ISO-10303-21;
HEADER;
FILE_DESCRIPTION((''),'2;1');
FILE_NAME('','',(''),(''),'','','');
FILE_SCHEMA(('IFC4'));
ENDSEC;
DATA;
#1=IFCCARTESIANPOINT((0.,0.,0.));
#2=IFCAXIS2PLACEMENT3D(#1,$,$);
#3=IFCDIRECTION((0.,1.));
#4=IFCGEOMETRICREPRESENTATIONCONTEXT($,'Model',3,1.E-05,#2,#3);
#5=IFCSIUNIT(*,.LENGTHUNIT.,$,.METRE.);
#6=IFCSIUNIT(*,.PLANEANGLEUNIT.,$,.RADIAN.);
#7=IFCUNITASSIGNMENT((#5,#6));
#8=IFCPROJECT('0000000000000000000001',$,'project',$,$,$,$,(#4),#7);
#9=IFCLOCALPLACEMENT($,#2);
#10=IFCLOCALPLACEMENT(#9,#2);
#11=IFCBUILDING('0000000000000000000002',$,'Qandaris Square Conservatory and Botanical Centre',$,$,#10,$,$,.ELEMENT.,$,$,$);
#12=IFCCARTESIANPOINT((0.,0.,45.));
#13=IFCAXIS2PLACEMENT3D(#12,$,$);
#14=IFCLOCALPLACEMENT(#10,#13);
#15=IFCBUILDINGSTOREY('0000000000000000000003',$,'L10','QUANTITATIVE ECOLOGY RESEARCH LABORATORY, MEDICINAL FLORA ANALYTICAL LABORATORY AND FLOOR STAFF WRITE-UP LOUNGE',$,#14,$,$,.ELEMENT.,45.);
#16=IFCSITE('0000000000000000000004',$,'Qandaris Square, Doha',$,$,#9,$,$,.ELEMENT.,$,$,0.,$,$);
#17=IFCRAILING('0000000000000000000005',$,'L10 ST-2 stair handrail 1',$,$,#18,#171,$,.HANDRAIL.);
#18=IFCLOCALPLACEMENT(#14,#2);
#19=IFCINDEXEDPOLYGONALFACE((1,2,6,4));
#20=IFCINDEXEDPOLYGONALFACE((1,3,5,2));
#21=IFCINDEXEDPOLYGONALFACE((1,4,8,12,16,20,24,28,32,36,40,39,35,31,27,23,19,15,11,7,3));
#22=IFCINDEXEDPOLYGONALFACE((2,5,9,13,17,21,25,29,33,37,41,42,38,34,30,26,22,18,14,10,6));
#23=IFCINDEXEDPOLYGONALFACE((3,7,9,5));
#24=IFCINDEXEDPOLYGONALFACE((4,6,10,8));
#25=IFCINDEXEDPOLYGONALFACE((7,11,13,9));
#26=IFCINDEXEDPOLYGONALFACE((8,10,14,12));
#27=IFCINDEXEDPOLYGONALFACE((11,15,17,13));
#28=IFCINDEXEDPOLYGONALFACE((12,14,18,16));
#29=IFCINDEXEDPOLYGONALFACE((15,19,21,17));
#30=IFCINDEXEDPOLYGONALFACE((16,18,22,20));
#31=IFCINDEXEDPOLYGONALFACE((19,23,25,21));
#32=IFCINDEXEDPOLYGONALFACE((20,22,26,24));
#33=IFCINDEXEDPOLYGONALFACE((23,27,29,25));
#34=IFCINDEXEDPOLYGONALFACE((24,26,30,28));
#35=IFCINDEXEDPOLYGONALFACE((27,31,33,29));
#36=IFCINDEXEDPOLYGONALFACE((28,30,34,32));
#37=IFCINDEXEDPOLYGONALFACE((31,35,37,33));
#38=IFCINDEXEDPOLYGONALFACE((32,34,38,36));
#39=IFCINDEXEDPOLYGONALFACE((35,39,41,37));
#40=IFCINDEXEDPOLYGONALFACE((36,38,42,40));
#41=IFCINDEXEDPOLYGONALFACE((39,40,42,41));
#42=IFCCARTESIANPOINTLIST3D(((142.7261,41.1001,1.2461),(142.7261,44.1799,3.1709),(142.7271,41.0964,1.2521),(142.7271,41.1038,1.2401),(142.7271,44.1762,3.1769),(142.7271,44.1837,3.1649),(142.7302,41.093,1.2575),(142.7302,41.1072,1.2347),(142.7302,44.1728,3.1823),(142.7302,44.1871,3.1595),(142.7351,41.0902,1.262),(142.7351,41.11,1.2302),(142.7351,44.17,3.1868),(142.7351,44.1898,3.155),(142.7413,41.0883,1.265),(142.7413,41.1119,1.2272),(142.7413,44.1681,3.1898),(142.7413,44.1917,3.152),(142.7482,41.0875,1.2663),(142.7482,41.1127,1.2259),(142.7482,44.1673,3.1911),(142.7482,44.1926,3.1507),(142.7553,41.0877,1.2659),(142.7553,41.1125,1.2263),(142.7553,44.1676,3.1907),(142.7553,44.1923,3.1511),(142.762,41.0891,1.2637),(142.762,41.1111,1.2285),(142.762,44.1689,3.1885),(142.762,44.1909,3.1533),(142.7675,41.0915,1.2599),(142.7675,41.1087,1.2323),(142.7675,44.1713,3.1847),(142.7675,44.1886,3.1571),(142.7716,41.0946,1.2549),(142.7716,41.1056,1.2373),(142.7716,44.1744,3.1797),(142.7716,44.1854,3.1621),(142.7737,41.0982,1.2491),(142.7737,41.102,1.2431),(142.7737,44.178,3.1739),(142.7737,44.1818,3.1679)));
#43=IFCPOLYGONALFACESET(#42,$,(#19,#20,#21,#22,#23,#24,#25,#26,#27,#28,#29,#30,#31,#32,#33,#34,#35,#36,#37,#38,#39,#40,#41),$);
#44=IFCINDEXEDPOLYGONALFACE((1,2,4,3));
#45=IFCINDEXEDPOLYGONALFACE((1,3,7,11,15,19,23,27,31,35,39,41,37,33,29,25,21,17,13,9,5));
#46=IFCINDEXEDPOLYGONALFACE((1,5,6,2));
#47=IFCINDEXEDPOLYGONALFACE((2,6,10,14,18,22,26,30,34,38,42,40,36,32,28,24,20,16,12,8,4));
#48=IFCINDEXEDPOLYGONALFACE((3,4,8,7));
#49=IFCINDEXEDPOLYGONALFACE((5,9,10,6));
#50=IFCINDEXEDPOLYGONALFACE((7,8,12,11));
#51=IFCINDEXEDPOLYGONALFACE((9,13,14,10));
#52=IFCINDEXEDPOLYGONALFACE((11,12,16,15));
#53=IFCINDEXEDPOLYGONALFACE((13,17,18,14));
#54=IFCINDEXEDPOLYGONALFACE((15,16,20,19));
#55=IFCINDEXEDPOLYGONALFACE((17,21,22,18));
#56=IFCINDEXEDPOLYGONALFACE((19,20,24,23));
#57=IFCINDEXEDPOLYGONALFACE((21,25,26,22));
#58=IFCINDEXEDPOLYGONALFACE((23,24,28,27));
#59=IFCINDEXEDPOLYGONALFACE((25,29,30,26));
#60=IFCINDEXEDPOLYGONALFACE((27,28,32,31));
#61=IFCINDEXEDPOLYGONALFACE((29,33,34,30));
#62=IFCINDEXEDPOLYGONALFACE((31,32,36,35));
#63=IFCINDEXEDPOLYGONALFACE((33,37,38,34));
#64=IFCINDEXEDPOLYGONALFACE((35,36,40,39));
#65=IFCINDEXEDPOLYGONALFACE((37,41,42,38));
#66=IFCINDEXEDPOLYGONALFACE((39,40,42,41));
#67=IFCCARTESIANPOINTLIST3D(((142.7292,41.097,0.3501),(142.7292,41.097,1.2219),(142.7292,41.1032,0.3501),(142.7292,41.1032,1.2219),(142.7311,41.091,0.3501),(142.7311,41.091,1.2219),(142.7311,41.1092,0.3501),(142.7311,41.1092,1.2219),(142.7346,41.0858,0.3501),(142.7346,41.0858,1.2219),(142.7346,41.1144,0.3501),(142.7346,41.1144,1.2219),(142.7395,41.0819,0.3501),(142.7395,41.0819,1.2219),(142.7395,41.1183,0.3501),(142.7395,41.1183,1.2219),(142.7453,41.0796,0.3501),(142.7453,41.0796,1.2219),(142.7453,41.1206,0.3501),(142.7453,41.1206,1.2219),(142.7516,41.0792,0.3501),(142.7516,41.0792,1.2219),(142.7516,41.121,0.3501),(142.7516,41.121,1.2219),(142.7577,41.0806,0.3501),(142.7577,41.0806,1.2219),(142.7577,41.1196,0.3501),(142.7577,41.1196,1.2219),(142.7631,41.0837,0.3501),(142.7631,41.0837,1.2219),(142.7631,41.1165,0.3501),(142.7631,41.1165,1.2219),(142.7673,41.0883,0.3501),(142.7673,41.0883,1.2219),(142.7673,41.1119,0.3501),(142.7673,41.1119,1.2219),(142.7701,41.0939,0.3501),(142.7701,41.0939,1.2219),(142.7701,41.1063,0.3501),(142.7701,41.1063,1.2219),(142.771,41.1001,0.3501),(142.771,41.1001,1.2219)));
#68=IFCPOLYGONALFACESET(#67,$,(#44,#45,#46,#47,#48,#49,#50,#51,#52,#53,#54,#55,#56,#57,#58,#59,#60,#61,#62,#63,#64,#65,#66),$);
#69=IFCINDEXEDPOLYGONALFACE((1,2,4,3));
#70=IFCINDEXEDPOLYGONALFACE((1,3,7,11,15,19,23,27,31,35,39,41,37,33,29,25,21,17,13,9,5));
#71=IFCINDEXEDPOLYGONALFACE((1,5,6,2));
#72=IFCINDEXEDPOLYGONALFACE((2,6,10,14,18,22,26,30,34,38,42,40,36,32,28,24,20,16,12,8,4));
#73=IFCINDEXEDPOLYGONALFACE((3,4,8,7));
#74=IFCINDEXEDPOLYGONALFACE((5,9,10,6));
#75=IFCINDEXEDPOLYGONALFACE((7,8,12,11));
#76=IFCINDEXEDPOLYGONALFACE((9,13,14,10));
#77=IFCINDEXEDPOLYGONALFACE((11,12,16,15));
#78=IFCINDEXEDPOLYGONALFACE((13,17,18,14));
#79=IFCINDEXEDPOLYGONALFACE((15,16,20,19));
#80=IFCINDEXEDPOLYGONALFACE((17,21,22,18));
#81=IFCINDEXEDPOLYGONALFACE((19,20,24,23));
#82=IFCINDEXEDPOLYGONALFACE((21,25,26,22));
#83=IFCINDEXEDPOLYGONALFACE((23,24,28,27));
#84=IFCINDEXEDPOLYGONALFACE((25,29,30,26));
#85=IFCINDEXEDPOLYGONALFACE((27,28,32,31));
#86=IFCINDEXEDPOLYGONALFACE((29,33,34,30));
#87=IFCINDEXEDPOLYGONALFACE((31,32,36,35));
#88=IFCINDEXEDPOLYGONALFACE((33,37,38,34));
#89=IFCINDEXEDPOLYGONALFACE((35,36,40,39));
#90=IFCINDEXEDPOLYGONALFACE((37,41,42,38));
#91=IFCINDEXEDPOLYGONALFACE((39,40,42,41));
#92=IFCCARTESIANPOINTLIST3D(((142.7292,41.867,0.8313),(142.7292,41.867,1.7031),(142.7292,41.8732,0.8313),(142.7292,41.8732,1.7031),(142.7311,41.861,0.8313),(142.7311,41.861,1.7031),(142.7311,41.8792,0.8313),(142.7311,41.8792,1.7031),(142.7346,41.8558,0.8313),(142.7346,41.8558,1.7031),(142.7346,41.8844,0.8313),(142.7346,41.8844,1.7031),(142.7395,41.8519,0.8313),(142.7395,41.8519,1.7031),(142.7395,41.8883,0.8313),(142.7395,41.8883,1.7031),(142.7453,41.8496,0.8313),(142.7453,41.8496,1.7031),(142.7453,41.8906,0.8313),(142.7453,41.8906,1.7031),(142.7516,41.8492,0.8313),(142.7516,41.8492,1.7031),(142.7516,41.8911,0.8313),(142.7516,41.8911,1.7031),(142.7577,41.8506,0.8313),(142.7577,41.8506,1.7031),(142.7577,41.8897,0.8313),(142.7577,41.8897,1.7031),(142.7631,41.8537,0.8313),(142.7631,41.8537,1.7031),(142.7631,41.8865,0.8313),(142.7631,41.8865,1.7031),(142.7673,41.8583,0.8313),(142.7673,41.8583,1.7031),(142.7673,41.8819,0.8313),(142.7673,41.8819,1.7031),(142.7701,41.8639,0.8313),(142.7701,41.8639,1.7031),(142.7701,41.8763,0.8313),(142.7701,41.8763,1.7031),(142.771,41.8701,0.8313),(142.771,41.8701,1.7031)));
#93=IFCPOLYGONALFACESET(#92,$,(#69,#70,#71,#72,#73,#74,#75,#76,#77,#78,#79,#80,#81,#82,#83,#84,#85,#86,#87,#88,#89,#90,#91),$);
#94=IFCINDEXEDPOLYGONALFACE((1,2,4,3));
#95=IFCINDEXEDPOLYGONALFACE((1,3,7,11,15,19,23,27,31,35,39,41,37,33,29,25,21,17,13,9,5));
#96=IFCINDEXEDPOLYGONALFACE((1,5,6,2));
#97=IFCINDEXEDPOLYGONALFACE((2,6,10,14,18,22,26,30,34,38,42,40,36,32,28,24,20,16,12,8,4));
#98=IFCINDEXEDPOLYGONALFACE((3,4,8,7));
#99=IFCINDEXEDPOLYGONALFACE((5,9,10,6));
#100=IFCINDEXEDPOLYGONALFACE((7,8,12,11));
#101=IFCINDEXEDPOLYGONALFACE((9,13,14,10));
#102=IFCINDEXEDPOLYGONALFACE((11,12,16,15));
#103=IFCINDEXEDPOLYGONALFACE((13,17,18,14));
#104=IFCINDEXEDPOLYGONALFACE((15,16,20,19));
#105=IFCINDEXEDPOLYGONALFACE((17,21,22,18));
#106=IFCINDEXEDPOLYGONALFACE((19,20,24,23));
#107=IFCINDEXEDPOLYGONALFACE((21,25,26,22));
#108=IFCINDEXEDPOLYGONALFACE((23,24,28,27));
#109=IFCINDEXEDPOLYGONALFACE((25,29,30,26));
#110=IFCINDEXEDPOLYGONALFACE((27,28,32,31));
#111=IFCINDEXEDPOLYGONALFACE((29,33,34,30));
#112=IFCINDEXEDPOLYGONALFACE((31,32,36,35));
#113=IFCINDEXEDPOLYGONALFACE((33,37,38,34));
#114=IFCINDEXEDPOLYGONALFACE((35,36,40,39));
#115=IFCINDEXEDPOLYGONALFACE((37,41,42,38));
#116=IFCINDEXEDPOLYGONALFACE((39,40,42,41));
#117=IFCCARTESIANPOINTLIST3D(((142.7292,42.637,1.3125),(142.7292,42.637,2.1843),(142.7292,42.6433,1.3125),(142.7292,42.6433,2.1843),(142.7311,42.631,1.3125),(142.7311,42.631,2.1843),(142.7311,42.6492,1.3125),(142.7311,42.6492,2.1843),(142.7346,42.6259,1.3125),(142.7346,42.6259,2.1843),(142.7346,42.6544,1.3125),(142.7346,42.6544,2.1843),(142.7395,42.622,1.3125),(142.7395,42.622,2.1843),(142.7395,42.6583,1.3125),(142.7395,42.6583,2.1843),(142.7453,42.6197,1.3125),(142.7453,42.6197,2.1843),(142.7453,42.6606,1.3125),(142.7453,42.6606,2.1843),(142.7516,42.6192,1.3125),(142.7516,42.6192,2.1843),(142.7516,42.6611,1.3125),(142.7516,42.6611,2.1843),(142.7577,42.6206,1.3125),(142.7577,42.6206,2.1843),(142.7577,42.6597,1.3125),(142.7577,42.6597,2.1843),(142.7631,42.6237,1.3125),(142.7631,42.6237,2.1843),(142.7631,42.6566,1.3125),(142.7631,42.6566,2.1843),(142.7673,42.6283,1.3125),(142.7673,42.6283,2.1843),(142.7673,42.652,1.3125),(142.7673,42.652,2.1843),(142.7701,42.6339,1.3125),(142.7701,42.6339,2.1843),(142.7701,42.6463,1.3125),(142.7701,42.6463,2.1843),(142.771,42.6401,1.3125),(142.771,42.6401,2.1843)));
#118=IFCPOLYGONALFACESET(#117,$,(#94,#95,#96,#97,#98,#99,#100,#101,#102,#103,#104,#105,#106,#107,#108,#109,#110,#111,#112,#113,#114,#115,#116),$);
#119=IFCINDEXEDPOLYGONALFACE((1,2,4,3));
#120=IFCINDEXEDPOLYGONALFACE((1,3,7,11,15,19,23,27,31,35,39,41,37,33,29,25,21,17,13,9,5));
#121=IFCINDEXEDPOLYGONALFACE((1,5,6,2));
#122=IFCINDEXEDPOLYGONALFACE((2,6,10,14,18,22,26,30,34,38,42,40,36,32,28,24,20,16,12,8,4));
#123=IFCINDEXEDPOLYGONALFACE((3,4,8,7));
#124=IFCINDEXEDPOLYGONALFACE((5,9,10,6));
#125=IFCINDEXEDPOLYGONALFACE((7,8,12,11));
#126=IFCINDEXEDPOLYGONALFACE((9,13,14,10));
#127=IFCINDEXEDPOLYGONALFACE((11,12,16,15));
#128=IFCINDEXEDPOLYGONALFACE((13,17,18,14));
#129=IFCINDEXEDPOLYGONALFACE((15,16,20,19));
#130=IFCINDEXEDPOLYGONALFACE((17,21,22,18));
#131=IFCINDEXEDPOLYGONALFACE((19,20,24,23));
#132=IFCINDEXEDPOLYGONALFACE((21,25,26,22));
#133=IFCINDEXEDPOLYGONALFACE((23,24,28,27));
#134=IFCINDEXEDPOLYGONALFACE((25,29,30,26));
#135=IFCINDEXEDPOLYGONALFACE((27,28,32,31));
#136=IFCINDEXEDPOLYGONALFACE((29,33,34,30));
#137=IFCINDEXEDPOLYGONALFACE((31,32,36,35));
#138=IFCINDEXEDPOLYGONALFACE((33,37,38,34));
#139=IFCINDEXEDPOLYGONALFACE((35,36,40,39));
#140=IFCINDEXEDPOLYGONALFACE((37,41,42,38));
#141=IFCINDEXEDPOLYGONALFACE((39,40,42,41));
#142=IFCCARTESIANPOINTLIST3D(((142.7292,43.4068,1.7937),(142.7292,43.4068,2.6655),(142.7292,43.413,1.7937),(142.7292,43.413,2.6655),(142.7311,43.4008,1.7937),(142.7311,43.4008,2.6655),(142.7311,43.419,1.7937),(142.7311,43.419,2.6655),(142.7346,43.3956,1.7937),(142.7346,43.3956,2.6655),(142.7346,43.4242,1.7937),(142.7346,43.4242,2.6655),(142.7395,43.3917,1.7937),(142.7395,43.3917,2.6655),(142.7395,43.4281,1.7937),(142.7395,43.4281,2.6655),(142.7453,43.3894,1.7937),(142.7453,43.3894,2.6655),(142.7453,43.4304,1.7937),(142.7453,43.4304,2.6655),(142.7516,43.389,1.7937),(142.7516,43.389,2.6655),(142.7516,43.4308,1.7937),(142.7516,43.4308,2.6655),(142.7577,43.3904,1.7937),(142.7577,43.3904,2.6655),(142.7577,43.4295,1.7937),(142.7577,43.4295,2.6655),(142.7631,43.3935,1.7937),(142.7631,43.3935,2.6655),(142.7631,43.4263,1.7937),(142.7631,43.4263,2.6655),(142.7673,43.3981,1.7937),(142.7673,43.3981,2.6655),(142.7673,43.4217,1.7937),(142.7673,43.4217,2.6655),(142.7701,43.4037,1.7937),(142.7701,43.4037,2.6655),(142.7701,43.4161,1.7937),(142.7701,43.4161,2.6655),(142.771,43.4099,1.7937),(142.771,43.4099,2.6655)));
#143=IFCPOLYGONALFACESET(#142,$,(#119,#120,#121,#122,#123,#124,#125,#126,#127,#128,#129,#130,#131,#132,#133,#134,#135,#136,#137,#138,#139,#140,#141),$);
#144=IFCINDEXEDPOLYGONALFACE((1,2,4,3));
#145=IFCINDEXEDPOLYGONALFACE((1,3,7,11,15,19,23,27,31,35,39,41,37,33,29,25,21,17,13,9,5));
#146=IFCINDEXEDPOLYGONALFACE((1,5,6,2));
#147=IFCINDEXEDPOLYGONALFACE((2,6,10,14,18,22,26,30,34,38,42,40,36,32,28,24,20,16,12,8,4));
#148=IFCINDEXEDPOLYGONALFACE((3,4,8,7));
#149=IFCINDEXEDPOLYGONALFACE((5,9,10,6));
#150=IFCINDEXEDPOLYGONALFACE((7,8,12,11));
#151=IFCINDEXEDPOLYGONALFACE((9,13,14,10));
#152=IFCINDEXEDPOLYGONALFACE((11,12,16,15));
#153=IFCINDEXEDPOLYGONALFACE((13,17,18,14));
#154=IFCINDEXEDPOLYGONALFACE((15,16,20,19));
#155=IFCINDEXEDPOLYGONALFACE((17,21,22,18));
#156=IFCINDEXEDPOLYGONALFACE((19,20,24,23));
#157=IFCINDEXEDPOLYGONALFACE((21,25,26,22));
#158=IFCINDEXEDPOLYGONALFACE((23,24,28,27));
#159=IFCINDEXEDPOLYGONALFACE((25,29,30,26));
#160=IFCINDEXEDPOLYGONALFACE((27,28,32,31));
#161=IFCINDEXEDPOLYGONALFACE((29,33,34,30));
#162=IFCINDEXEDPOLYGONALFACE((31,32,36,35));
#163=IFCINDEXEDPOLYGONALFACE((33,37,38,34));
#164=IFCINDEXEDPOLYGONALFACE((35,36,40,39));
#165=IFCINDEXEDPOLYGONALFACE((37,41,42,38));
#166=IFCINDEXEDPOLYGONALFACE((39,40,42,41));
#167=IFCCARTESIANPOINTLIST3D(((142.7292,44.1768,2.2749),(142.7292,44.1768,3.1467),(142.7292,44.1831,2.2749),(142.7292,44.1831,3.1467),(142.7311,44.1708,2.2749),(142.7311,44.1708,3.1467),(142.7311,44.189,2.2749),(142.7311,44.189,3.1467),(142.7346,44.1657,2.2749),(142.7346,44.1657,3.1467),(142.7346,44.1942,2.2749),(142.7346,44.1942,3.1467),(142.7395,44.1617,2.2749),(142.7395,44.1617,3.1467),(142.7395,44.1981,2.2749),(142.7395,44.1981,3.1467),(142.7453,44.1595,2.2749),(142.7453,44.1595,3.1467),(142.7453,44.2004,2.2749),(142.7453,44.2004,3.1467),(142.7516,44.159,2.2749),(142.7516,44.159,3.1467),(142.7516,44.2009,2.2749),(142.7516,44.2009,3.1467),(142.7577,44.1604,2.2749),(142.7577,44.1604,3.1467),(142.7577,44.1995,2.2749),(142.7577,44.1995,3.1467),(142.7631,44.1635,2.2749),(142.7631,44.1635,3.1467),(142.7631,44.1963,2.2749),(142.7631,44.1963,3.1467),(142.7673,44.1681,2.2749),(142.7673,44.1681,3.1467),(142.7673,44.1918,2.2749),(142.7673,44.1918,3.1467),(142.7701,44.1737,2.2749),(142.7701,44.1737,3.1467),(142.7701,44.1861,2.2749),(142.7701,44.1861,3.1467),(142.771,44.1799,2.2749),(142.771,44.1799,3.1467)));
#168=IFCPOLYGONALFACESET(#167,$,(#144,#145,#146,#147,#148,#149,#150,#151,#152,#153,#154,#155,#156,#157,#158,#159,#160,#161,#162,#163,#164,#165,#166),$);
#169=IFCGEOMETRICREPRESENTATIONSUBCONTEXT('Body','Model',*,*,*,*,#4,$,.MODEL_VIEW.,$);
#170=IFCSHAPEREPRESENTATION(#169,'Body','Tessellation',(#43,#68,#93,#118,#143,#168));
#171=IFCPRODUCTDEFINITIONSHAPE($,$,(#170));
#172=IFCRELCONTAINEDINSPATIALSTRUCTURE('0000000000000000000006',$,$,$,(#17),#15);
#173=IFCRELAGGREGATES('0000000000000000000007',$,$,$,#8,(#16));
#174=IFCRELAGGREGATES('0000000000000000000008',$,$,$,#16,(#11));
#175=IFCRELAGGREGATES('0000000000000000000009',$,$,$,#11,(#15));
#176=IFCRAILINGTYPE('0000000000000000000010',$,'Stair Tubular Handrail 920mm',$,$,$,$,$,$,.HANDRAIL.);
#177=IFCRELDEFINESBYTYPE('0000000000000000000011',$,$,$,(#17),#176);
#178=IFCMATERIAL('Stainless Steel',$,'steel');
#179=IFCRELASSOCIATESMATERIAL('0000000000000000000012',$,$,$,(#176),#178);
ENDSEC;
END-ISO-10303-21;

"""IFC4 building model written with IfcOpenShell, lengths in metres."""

from ifc_helpers import new_model, si_unit, direction, frame, origin, origin_2d, place, context, subcontext, project, spatial, circle, extrude, material, type_object, element, save


model = new_model("IFC4")

# Units and contexts
model_context = context("Model", 3, precision=1e-05, world=origin(), true_north=direction((0.0, 1.0)))
body_context = subcontext(model_context, "Body", "Model", "MODEL_VIEW")
ifc_project = project(units=[si_unit("LENGTHUNIT", "METRE"), si_unit("PLANEANGLEUNIT", "RADIAN")], contexts=[model_context])

# Site, building, storey
site_placement = place(None, origin())
site = spatial("IfcSite", under=ifc_project, at=site_placement, Name="Qandaris Square, Doha", CompositionType="ELEMENT", RefElevation=0.0)
building_placement = place(site_placement, origin())
building = spatial("IfcBuilding", under=site, at=building_placement, Name="Qandaris Square Conservatory and Botanical Centre", CompositionType="ELEMENT")
storey_placement = place(building_placement, frame((0.0, 0.0, 45.0)))
storey = spatial("IfcBuildingStorey", under=building, at=storey_placement, Name="L10", Description="QUANTITATIVE ECOLOGY RESEARCH LABORATORY, MEDICINAL FLORA ANALYTICAL LABORATORY AND FLOOR STAFF WRITE-UP LOUNGE", CompositionType="ELEMENT", Elevation=45.0)

# Railing
ifc_material_1 = material(Name="Stainless Steel", Category="steel")
railing_type_1 = type_object("IfcRailingType", Name="Stair Tubular Handrail 920mm", PredefinedType="HANDRAIL", material=ifc_material_1)
railing_1_placement = place(storey_placement, frame((142.75, 41.1001, 0.3501)))
element("IfcRailing", 1, at=railing_1_placement, inside=storey, type_object=railing_type_1, Name="L10 ST-2 stair handrail 1", PredefinedType="HANDRAIL", context=body_context, shape_type="SweptSolid", body=[
    extrude(circle(Radius=0.0239, at=origin_2d()), frame((0.0, 0.0, 0.896), z_axis=(0.0, 0.84801, 0.529981), x_axis=(-1.0, 0.0, 0.0)), (0.0, 0.0, 1.0), 3.6318),
    extrude(circle(Radius=0.021, at=origin_2d()), origin(), (0.0, 0.0, 1.0), 0.8718),
    extrude(circle(Radius=0.021, at=origin_2d()), frame((0.0, 0.77, 0.4812)), (0.0, 0.0, 1.0), 0.8718),
    extrude(circle(Radius=0.021, at=origin_2d()), frame((0.0, 1.54, 0.9624)), (0.0, 0.0, 1.0), 0.8718),
    extrude(circle(Radius=0.021, at=origin_2d()), frame((0.0, 2.3098, 1.4436)), (0.0, 0.0, 1.0), 0.8718),
    extrude(circle(Radius=0.021, at=origin_2d()), frame((0.0, 3.0798, 1.9248)), (0.0, 0.0, 1.0), 0.8718),
])

save(model, "model.ifc")
